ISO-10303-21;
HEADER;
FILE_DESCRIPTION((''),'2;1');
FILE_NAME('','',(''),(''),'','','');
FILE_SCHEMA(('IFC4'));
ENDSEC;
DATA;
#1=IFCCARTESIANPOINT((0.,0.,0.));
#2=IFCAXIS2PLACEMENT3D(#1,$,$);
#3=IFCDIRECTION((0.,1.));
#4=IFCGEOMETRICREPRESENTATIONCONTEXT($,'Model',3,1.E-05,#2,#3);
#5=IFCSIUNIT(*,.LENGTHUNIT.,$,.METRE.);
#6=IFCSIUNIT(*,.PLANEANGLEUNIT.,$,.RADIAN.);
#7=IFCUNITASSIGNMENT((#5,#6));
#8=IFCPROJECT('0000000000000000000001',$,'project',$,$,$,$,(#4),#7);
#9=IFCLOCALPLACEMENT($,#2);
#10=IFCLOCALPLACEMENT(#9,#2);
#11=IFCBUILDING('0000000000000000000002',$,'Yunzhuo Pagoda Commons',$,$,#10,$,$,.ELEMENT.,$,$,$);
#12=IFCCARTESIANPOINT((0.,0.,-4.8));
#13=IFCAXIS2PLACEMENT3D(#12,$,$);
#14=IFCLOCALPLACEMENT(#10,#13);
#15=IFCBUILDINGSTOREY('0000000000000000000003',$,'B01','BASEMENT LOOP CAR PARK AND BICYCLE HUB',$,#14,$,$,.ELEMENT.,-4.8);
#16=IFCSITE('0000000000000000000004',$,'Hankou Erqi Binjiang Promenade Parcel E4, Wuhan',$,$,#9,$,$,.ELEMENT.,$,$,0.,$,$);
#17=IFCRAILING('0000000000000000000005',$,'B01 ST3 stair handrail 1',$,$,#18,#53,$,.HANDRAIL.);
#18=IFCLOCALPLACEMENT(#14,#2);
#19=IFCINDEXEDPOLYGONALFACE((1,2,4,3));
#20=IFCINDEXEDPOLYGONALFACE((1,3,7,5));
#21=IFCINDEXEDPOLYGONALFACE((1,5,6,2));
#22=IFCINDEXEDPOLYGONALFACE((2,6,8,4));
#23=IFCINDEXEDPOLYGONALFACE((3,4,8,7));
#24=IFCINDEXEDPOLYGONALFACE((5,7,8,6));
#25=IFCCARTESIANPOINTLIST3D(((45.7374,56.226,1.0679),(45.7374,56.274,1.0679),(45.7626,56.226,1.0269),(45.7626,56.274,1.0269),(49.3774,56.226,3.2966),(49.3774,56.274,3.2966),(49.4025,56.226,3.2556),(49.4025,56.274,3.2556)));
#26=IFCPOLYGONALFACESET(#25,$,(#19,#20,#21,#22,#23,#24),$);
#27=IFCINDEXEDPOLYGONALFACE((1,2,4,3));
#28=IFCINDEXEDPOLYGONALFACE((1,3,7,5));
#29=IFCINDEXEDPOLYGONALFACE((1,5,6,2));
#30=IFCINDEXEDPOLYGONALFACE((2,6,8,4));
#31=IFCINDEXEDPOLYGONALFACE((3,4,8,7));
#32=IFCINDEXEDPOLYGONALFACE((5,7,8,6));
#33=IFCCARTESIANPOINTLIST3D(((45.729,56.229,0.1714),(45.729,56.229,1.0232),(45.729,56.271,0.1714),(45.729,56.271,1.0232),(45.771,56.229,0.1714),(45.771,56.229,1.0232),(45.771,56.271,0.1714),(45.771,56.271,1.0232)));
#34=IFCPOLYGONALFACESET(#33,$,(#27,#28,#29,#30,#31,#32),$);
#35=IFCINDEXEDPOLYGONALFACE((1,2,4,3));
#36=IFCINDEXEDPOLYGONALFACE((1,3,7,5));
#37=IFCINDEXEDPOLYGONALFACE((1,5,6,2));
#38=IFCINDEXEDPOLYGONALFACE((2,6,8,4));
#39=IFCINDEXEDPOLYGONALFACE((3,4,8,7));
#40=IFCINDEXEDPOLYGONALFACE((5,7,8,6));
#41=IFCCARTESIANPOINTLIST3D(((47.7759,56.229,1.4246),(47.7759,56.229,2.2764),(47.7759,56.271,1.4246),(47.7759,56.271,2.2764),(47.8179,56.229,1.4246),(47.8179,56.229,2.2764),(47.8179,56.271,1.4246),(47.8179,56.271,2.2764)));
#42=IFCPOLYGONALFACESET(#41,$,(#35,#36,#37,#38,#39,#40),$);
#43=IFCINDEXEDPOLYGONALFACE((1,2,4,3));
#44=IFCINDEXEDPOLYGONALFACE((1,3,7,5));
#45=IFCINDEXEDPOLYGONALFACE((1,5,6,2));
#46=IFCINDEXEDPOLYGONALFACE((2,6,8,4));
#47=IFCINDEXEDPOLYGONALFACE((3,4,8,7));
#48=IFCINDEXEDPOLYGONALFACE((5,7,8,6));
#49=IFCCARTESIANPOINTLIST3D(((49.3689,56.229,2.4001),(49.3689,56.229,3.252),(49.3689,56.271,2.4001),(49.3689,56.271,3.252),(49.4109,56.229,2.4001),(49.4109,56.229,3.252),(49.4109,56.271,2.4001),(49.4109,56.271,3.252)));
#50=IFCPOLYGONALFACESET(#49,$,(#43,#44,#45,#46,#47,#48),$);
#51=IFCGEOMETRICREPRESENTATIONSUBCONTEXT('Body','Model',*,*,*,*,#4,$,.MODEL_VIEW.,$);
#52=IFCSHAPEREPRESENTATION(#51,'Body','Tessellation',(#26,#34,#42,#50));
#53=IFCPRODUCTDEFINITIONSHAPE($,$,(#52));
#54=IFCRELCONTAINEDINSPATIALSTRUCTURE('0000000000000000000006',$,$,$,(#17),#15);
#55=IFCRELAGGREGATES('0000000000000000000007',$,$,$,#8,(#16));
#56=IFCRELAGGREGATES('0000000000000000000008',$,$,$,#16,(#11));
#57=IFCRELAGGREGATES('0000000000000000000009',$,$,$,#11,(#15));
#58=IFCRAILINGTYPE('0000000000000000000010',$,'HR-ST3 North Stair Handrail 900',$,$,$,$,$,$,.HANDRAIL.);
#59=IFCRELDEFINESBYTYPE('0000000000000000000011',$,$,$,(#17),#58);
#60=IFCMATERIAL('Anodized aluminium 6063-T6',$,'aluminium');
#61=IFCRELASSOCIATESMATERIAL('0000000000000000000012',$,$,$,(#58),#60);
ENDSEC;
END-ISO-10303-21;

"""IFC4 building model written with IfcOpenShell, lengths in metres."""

from ifc_helpers import new_model, si_unit, direction, frame, origin, origin_2d, place, context, subcontext, project, spatial, rectangle, extrude, material, type_object, element, save


model = new_model("IFC4")

# Units and contexts
model_context = context("Model", 3, precision=1e-05, world=origin(), true_north=direction((0.0, 1.0)))
body_context = subcontext(model_context, "Body", "Model", "MODEL_VIEW")
ifc_project = project(units=[si_unit("LENGTHUNIT", "METRE"), si_unit("PLANEANGLEUNIT", "RADIAN")], contexts=[model_context])

# Site, building, storey
site_placement = place(None, origin())
site = spatial("IfcSite", under=ifc_project, at=site_placement, Name="Hankou Erqi Binjiang Promenade Parcel E4, Wuhan", CompositionType="ELEMENT", RefElevation=0.0)
building_placement = place(site_placement, origin())
building = spatial("IfcBuilding", under=site, at=building_placement, Name="Yunzhuo Pagoda Commons", CompositionType="ELEMENT")
storey_placement = place(building_placement, frame((0.0, 0.0, -4.8)))
storey = spatial("IfcBuildingStorey", under=building, at=storey_placement, Name="B01", Description="BASEMENT LOOP CAR PARK AND BICYCLE HUB", CompositionType="ELEMENT", Elevation=-4.8)

# Railing
ifc_material_1 = material(Name="Anodized aluminium 6063-T6", Category="aluminium")
railing_type_1 = type_object("IfcRailingType", Name="HR-ST3 North Stair Handrail 900", PredefinedType="HANDRAIL", material=ifc_material_1)
railing_1_placement = place(storey_placement, frame((45.75, 56.25, 0.1714)))
element("IfcRailing", 1, at=railing_1_placement, inside=storey, type_object=railing_type_1, Name="B01 ST3 stair handrail 1", PredefinedType="HANDRAIL", context=body_context, shape_type="SweptSolid", body=[
    extrude(rectangle(XDim=0.0481, YDim=0.0481, at=origin_2d()), frame((0.0, 0.0, 0.876), z_axis=(0.852825, 0.0, 0.522197), x_axis=(0.0, 1.0, 0.0)), (0.0, 0.0, 1.0), 4.2681),
    extrude(rectangle(XDim=0.042, YDim=0.042, at=origin_2d()), origin(), (0.0, 0.0, 1.0), 0.8518),
    extrude(rectangle(XDim=0.042, YDim=0.042, at=origin_2d()), frame((2.0469, 0.0, 1.2532)), (0.0, 0.0, 1.0), 0.8518),
    extrude(rectangle(XDim=0.042, YDim=0.042, at=origin_2d()), frame((3.6399, 0.0, 2.2288)), (0.0, 0.0, 1.0), 0.8518),
])

save(model, "model.ifc")
